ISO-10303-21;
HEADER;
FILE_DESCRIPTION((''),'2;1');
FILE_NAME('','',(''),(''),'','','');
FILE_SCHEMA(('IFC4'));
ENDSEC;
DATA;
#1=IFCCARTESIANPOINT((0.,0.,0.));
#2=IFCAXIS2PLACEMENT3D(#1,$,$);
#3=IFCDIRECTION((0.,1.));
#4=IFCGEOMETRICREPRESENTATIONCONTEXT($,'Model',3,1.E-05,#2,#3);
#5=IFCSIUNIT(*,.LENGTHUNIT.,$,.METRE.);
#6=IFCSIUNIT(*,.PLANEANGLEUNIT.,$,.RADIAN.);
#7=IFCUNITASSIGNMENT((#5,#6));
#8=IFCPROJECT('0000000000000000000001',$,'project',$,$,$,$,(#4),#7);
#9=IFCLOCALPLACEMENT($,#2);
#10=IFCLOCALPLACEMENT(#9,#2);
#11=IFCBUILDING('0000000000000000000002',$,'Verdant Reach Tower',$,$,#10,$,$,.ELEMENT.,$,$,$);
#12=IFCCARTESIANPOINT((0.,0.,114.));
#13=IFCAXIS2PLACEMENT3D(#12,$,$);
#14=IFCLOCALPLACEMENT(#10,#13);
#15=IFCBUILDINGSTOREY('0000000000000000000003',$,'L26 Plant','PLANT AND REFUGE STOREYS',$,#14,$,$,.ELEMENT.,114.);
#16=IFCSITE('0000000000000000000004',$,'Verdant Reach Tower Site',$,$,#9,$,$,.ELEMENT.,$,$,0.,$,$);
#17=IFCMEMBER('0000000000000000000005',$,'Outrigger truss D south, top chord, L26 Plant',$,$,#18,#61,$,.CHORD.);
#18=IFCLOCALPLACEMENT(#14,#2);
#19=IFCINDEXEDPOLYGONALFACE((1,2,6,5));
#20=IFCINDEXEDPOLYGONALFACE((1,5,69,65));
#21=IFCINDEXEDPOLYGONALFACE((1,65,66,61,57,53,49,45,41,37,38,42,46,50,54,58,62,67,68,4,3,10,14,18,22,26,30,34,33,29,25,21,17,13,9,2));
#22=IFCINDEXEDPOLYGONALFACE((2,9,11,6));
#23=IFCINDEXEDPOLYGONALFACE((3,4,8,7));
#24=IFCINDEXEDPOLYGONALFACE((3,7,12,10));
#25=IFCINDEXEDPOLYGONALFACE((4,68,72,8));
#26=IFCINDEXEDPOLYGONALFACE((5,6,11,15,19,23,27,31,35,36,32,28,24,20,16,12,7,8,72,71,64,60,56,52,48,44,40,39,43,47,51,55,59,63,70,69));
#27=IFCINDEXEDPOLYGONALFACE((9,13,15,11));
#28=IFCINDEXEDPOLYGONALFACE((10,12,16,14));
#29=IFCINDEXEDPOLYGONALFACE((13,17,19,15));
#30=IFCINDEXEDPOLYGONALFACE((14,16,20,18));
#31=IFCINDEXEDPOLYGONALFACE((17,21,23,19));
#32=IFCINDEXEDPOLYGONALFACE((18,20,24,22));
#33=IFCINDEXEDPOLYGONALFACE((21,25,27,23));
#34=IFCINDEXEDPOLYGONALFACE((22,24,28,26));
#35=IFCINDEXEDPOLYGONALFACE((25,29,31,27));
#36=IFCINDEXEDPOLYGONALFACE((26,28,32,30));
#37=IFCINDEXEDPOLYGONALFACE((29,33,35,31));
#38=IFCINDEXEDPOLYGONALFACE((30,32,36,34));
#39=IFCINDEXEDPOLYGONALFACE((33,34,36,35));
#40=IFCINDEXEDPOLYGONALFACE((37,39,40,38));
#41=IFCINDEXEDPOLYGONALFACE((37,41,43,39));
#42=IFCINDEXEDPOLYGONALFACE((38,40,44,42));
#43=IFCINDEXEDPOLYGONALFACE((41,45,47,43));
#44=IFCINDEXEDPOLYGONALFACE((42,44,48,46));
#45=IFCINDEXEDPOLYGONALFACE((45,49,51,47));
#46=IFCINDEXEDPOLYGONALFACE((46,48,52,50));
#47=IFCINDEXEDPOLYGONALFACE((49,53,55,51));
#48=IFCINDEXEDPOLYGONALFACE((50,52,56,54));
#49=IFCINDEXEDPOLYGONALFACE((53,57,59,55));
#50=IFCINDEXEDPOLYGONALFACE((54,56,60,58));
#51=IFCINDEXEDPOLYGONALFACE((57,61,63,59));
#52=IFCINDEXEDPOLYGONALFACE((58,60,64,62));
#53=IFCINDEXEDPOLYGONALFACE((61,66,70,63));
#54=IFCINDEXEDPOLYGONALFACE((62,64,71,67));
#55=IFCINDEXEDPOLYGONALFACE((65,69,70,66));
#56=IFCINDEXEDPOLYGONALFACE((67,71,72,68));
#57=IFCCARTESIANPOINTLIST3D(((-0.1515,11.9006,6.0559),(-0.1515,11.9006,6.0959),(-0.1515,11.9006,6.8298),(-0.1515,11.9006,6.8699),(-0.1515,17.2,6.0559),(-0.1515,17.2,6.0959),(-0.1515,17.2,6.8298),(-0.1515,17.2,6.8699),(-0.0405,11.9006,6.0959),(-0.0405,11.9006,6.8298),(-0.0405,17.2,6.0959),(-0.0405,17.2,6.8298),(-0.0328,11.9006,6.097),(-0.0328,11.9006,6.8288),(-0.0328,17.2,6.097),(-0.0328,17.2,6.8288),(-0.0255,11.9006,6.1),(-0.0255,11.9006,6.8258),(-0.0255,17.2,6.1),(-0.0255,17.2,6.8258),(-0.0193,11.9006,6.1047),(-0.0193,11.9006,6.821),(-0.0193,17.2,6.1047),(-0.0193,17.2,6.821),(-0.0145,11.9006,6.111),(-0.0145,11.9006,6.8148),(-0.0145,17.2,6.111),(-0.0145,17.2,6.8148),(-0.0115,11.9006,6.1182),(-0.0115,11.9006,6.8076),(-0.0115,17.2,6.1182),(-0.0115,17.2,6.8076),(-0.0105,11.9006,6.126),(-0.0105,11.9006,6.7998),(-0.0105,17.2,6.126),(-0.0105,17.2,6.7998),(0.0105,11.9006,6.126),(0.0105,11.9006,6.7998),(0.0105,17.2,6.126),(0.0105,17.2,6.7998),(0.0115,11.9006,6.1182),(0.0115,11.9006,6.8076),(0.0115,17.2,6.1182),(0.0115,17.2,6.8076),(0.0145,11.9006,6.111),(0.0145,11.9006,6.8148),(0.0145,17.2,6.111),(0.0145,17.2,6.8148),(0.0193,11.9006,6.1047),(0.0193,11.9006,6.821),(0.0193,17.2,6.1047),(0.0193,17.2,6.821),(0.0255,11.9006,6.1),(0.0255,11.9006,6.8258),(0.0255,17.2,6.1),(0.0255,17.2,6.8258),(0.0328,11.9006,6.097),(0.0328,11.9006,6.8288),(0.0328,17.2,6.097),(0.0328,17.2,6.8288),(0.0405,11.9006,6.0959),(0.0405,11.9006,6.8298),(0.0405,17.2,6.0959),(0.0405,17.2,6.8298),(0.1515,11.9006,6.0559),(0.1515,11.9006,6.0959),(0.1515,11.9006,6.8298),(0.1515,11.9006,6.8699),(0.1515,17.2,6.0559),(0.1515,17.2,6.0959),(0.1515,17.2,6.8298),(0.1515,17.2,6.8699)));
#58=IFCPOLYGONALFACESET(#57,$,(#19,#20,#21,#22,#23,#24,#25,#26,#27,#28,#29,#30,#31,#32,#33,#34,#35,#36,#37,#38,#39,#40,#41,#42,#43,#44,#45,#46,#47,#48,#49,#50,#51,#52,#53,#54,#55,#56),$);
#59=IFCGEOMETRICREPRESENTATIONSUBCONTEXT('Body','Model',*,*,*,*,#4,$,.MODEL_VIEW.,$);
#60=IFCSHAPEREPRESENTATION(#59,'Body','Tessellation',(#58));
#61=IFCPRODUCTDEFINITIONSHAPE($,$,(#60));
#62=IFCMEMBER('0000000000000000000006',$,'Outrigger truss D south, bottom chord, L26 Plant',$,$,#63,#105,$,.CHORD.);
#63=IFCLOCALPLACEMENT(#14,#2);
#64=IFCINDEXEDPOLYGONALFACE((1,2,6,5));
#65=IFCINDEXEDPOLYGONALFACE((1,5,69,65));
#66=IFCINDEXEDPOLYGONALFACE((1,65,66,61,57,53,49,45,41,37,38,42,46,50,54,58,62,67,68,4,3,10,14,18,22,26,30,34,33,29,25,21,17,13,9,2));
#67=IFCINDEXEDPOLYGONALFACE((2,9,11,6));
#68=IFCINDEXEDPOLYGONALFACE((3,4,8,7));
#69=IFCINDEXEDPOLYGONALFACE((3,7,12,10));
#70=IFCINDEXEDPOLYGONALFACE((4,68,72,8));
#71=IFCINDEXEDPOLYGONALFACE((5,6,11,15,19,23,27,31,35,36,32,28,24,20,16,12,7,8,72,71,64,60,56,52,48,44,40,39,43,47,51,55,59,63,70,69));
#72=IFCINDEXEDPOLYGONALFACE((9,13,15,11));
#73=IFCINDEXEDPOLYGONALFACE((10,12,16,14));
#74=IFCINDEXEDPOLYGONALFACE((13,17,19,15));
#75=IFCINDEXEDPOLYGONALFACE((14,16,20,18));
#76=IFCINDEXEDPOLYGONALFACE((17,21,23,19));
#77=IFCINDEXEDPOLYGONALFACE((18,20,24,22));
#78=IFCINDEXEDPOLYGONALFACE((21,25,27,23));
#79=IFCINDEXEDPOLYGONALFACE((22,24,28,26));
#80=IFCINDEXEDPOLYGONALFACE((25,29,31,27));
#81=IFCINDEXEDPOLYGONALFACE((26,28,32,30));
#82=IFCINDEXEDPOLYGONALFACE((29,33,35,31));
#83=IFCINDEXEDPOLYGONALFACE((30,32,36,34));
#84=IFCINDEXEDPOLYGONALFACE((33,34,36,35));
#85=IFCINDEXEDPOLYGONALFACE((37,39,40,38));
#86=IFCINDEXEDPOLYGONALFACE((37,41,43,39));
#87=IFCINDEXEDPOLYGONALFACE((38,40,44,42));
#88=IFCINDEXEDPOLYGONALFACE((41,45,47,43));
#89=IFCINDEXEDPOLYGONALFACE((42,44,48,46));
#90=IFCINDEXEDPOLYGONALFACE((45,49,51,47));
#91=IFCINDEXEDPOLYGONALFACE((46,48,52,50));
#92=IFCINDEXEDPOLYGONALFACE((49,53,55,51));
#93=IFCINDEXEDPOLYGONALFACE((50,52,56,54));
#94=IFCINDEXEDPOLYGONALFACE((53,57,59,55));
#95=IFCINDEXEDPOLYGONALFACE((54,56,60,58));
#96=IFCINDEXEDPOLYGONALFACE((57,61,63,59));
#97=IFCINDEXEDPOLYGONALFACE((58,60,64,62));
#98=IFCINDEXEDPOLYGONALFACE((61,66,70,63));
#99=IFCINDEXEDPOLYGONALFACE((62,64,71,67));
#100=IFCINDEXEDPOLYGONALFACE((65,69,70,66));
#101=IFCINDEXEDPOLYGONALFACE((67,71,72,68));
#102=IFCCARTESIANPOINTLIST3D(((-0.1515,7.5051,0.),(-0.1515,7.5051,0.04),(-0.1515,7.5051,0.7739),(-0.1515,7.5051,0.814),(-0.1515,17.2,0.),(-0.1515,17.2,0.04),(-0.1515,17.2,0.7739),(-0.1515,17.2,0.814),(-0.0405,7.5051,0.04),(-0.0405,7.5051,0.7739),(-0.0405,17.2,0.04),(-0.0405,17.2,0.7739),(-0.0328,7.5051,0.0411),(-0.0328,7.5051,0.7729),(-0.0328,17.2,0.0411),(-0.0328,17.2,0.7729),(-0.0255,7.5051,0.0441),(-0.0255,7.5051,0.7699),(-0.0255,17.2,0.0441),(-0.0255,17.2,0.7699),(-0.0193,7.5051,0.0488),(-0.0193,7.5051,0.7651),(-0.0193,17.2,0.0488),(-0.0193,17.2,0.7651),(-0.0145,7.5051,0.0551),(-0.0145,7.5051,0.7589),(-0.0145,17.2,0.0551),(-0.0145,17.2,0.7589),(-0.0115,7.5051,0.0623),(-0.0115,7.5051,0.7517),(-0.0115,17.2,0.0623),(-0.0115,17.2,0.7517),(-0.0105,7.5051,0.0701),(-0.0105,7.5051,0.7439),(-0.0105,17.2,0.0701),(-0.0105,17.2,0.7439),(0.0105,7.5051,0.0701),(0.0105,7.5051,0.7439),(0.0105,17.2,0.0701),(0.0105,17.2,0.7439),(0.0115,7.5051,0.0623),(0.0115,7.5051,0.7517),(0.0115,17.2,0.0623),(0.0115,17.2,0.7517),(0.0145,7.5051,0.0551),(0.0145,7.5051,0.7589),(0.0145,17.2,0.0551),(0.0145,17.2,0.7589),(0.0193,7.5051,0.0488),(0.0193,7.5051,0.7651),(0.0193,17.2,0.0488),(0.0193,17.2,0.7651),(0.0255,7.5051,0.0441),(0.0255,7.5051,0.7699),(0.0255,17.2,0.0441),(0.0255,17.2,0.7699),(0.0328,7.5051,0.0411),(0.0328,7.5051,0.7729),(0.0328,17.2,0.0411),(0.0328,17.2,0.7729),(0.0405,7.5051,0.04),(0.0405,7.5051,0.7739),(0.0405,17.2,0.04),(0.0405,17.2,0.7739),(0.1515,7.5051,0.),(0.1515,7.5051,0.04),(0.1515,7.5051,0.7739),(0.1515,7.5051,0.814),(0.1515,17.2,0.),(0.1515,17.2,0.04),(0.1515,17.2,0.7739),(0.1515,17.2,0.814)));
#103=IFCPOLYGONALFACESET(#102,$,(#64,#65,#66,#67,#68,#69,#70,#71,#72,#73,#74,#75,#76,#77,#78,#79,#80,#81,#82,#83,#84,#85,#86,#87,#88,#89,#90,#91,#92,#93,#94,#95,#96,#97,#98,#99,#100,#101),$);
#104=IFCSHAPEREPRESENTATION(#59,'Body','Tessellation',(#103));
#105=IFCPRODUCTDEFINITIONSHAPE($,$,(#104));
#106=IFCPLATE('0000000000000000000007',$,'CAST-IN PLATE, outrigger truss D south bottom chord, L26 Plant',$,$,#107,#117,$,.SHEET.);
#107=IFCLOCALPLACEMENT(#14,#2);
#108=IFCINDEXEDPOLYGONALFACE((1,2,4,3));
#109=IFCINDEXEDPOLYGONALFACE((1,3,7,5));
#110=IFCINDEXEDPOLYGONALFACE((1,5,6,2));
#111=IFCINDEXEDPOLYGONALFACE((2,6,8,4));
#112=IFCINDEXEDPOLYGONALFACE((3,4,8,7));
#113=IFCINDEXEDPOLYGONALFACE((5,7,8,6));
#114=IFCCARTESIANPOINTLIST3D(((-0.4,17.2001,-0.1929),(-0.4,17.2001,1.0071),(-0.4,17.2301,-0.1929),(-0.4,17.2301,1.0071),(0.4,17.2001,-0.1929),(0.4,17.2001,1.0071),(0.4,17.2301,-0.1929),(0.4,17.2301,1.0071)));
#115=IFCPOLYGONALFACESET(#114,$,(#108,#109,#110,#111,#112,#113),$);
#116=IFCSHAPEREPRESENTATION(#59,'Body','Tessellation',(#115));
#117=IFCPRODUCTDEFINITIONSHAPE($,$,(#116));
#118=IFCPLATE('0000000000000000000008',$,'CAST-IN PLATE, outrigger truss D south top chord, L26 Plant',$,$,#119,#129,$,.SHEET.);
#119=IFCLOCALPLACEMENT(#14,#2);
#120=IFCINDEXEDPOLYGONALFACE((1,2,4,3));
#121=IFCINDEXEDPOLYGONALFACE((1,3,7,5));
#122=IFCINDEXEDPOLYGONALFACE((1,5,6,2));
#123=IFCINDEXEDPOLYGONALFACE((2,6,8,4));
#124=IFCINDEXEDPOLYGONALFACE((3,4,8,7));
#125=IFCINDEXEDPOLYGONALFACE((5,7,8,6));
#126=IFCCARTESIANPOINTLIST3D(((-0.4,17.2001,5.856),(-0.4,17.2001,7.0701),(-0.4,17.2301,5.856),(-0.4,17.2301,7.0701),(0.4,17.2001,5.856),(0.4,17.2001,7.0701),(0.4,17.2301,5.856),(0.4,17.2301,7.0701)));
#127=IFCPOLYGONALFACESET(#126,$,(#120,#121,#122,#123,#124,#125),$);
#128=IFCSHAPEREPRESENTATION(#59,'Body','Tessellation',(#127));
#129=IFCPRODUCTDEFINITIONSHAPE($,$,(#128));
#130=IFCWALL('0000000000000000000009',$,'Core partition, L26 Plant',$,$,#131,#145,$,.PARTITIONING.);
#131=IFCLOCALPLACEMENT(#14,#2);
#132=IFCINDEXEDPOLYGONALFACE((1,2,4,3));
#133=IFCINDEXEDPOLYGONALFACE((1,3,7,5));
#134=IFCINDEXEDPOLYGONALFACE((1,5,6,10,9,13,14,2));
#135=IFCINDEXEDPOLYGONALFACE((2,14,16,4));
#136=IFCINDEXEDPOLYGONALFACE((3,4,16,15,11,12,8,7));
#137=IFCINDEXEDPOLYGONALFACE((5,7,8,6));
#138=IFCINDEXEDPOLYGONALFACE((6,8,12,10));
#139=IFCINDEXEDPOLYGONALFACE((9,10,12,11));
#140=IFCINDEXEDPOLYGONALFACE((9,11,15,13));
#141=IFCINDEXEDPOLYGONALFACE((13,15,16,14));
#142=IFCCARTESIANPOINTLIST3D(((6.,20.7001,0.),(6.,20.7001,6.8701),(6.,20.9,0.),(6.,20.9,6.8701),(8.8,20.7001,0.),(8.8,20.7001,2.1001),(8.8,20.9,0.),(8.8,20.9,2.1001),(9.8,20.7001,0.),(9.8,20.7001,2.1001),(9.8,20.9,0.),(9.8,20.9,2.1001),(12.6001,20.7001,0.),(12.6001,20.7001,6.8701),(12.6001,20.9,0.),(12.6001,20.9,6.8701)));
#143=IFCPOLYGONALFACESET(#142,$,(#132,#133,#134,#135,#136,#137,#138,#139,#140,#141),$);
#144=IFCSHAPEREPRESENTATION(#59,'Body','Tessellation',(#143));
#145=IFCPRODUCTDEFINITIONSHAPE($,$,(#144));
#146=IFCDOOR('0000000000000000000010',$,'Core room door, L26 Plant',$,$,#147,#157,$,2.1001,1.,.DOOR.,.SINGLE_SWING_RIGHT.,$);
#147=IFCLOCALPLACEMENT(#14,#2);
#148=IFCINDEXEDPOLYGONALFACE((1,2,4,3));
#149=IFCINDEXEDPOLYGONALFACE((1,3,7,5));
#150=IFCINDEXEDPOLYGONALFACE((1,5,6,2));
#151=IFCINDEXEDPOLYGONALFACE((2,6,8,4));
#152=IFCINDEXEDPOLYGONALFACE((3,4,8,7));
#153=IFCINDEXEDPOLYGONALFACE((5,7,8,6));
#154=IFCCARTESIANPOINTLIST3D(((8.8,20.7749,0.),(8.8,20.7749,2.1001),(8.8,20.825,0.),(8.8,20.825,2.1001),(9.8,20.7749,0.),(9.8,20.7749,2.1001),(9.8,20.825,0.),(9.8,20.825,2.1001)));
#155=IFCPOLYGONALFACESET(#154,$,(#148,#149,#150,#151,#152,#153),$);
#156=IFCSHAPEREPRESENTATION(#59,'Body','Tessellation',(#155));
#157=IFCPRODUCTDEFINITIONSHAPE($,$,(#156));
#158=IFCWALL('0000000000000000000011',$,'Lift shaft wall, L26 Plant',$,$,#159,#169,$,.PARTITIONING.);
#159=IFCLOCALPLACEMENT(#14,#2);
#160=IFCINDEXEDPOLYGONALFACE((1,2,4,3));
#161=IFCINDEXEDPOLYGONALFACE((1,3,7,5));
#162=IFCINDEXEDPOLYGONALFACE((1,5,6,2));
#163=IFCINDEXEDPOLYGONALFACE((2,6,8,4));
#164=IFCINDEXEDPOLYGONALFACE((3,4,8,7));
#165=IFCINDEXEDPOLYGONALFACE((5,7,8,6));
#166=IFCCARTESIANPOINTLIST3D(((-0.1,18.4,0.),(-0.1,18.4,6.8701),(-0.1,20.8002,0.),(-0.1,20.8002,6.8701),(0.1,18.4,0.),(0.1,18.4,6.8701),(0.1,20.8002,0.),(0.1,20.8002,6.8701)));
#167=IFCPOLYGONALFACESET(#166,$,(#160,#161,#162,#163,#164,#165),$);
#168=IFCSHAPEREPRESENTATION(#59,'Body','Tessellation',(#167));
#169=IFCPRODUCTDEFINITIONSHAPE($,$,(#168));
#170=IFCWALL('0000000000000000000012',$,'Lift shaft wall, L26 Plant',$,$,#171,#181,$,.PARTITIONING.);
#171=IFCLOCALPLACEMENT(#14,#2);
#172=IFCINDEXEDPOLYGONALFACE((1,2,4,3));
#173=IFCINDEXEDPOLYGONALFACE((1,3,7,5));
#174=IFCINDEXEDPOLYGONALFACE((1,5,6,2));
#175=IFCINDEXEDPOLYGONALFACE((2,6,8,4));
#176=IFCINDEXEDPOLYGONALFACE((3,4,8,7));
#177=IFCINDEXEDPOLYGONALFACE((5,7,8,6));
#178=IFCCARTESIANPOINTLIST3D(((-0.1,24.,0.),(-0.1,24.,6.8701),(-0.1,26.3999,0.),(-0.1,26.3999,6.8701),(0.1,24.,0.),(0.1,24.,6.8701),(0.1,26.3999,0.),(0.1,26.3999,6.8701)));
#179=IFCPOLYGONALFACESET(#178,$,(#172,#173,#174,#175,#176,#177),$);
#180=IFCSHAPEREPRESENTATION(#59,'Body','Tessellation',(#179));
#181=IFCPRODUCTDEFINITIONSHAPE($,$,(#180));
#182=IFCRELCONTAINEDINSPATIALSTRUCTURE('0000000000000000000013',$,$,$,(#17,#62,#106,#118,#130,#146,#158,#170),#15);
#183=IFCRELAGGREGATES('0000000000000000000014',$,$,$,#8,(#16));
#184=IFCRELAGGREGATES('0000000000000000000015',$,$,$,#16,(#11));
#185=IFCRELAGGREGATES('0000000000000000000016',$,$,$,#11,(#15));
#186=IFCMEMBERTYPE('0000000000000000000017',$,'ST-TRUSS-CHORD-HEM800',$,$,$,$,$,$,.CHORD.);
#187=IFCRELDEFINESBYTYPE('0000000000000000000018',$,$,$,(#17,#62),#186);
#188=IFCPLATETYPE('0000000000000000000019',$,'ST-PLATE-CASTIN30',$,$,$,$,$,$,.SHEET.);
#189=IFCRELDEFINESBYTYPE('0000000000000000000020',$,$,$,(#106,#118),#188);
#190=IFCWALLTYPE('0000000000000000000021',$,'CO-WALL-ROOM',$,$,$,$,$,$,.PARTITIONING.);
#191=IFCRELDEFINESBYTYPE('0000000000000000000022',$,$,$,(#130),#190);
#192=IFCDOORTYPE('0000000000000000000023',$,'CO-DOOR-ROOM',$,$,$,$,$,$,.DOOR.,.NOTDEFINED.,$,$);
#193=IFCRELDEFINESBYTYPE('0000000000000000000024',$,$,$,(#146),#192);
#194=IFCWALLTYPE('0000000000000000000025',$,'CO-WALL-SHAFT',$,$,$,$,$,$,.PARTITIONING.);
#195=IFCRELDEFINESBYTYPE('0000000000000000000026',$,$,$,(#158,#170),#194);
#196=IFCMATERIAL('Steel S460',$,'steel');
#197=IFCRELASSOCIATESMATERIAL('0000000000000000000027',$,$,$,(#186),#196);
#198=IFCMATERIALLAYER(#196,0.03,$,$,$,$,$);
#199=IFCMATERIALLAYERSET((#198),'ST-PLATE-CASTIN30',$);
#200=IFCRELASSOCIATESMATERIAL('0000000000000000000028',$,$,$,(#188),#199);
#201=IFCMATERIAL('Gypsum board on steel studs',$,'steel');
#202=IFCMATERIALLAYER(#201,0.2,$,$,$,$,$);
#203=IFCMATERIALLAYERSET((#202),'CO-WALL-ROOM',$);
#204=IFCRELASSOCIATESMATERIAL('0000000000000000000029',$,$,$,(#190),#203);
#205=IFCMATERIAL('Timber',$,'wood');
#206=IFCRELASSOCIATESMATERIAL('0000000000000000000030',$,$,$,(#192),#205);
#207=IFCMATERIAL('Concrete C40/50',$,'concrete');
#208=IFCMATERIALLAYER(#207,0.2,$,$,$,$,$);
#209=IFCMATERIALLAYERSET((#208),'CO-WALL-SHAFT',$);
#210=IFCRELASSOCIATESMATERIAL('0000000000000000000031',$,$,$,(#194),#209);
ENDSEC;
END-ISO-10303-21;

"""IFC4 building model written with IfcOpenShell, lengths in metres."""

from ifc_helpers import new_model, si_unit, direction, frame, frame_2d, origin, origin_2d, place, context, subcontext, project, spatial, rectangle, i_section, extrude, material, layer, layer_set, material_profile, profile_set, type_object, element, fill, save


model = new_model("IFC4")

# Units and contexts
model_context = context("Model", 3, precision=1e-05, world=origin(), true_north=direction((0.0, 1.0)))
body_context = subcontext(model_context, "Body", "Model", "MODEL_VIEW")
ifc_project = project(units=[si_unit("LENGTHUNIT", "METRE"), si_unit("PLANEANGLEUNIT", "RADIAN")], contexts=[model_context])

# Site, building, storey
site_placement = place(None, origin())
site = spatial("IfcSite", under=ifc_project, at=site_placement, Name="Verdant Reach Tower Site", CompositionType="ELEMENT", RefElevation=0.0)
building_placement = place(site_placement, origin())
building = spatial("IfcBuilding", under=site, at=building_placement, Name="Verdant Reach Tower", CompositionType="ELEMENT")
storey_placement = place(building_placement, frame((0.0, 0.0, 114.0)))
storey = spatial("IfcBuildingStorey", under=building, at=storey_placement, Name="L26 Plant", Description="PLANT AND REFUGE STOREYS", CompositionType="ELEMENT", Elevation=114.0)

# Members
ifc_material_1 = material(Name="Steel S460", Category="steel")
ifc_material_profile_1 = material_profile(ifc_material_1, i_section(OverallWidth=0.303, OverallDepth=0.814, WebThickness=0.021, FlangeThickness=0.04, FilletRadius=0.03, at=origin_2d()), Name="HEM 800")
ifc_profile_set_1 = profile_set([ifc_material_profile_1], Name="Steel S460")
member_type_1 = type_object("IfcMemberType", Name="ST-TRUSS-CHORD-HEM800", PredefinedType="CHORD", material=ifc_profile_set_1)
member_1_placement = place(storey_placement, frame((0.0, 17.2, 6.4629), z_axis=(0.0, -1.0, 0.0), x_axis=(1.0, 0.0, 0.0)))
element("IfcMember", 1, at=member_1_placement, inside=storey, type_object=member_type_1, Name="Outrigger truss D south, top chord, L26 Plant", PredefinedType="CHORD", context=body_context, shape_type="SweptSolid", body=[
    extrude(i_section(OverallWidth=0.303, OverallDepth=0.814, WebThickness=0.021, FlangeThickness=0.04, FilletRadius=0.03, at=origin_2d()), origin(), (0.0, 0.0, 1.0), 5.2993),
])
member_2_placement = place(storey_placement, frame((0.0, 17.2, 0.407), z_axis=(0.0, -1.0, 0.0), x_axis=(1.0, 0.0, 0.0)))
element("IfcMember", 2, at=member_2_placement, inside=storey, type_object=member_type_1, Name="Outrigger truss D south, bottom chord, L26 Plant", PredefinedType="CHORD", context=body_context, shape_type="SweptSolid", body=[
    extrude(i_section(OverallWidth=0.303, OverallDepth=0.814, WebThickness=0.021, FlangeThickness=0.04, FilletRadius=0.03, at=origin_2d()), origin(), (0.0, 0.0, 1.0), 9.6948),
])

# Plates
ifc_layer_1 = layer(ifc_material_1, 0.03)
ifc_layer_set_1 = layer_set([ifc_layer_1], Name="ST-PLATE-CASTIN30")
plate_type = type_object("IfcPlateType", Name="ST-PLATE-CASTIN30", PredefinedType="SHEET", material=ifc_layer_set_1)
plate_1_placement = place(storey_placement, frame((0.0, 17.2151, -0.1929), z_axis=(0.0, 0.0, 1.0), x_axis=(1.0, 0.0, 0.0)))
element("IfcPlate", 3, at=plate_1_placement, inside=storey, type_object=plate_type, Name="CAST-IN PLATE, outrigger truss D south bottom chord, L26 Plant", PredefinedType="SHEET", context=body_context, shape_type="SweptSolid", body=[
    extrude(rectangle(XDim=0.8, YDim=0.03, at=origin_2d()), origin(), (0.0, 0.0, 1.0), 1.2),
])
plate_2_placement = place(storey_placement, frame((0.0, 17.2151, 5.856), z_axis=(0.0, 0.0, 1.0), x_axis=(1.0, 0.0, 0.0)))
element("IfcPlate", 4, at=plate_2_placement, inside=storey, type_object=plate_type, Name="CAST-IN PLATE, outrigger truss D south top chord, L26 Plant", PredefinedType="SHEET", context=body_context, shape_type="SweptSolid", body=[
    extrude(rectangle(XDim=0.8, YDim=0.03, at=origin_2d()), origin(), (0.0, 0.0, 1.0), 1.2141),
])

# Wall, opening, door
ifc_material_2 = material(Name="Gypsum board on steel studs", Category="steel")
ifc_layer_2 = layer(ifc_material_2, 0.2)
ifc_layer_set_2 = layer_set([ifc_layer_2], Name="CO-WALL-ROOM")
wall_type_1 = type_object("IfcWallType", Name="CO-WALL-ROOM", PredefinedType="PARTITIONING", material=ifc_layer_set_2)
wall_1_placement = place(storey_placement, frame((6.0, 20.8, 0.0), z_axis=(0.0, 0.0, 1.0), x_axis=(1.0, 0.0, 0.0)))
wall_1 = element("IfcWall", 5, at=wall_1_placement, inside=storey, type_object=wall_type_1, Name="Core partition, L26 Plant", PredefinedType="PARTITIONING", context=body_context, shape_type="SweptSolid", body=[
    extrude(rectangle(XDim=6.6001, YDim=0.2, at=frame_2d((3.3, 0.0))), origin(), (0.0, 0.0, 1.0), 6.8701),
])
opening_1_placement = place(wall_1_placement, frame((2.8, 0.0, 0.0)))
opening_1 = element("IfcOpeningElement", 6, at=opening_1_placement, cuts=wall_1, PredefinedType="OPENING", context=body_context, shape_type="SweptSolid", body=[
    extrude(rectangle(XDim=1.0, YDim=2.1001, at=frame_2d((0.5, 1.05))), frame((0.0, 0.1099, 0.0), z_axis=(0.0, -1.0, 0.0), x_axis=(1.0, 0.0, 0.0)), (0.0, 0.0, 1.0), 0.22),
])
ifc_material_3 = material(Name="Timber", Category="wood")
door_type_1 = type_object("IfcDoorType", Name="CO-DOOR-ROOM", OperationType="NOTDEFINED", PredefinedType="DOOR", material=ifc_material_3)
door_1_placement = place(opening_1_placement, origin())
door_1 = element("IfcDoor", 7, at=door_1_placement, inside=storey, type_object=door_type_1, Name="Core room door, L26 Plant", OperationType="SINGLE_SWING_RIGHT", OverallHeight=2.1001, OverallWidth=1.0, PredefinedType="DOOR", context=body_context, shape_type="SweptSolid", body=[
    extrude(rectangle(XDim=1.0, YDim=2.1001, at=frame_2d((0.5, 1.05))), frame((0.0, 0.0249, 0.0), z_axis=(0.0, -1.0, 0.0), x_axis=(1.0, 0.0, 0.0)), (0.0, 0.0, 1.0), 0.05),
])
fill(opening_1, door_1)

# Walls
ifc_material_4 = material(Name="Concrete C40/50", Category="concrete")
ifc_layer_3 = layer(ifc_material_4, 0.2)
ifc_layer_set_3 = layer_set([ifc_layer_3], Name="CO-WALL-SHAFT")
wall_type_2 = type_object("IfcWallType", Name="CO-WALL-SHAFT", PredefinedType="PARTITIONING", material=ifc_layer_set_3)
wall_2_placement = place(storey_placement, frame((0.0, 18.3999, 0.0), z_axis=(0.0, 0.0, 1.0), x_axis=(0.0, 1.0, 0.0)))
element("IfcWall", 8, at=wall_2_placement, inside=storey, type_object=wall_type_2, Name="Lift shaft wall, L26 Plant", PredefinedType="PARTITIONING", context=body_context, shape_type="SweptSolid", body=[
    extrude(rectangle(XDim=2.4001, YDim=0.2, at=frame_2d((1.2002, 0.0))), origin(), (0.0, 0.0, 1.0), 6.8701),
])
for number, where, z_axis, x_axis, name in (
    (9, (0.0, 24.0, 0.0), (0.0, 0.0, 1.0), (0.0, 1.0, 0.0), "Lift shaft wall, L26 Plant"),
):
    element("IfcWall", number, at=place(storey_placement, frame(where, z_axis=z_axis, x_axis=x_axis)), inside=storey, type_object=wall_type_2, Name=name, PredefinedType="PARTITIONING", context=body_context, shape_type="SweptSolid", body=[
        extrude(rectangle(XDim=2.3999, YDim=0.2, at=frame_2d((1.2, 0.0))), origin(), (0.0, 0.0, 1.0), 6.8701),
    ])

save(model, "model.ifc")
